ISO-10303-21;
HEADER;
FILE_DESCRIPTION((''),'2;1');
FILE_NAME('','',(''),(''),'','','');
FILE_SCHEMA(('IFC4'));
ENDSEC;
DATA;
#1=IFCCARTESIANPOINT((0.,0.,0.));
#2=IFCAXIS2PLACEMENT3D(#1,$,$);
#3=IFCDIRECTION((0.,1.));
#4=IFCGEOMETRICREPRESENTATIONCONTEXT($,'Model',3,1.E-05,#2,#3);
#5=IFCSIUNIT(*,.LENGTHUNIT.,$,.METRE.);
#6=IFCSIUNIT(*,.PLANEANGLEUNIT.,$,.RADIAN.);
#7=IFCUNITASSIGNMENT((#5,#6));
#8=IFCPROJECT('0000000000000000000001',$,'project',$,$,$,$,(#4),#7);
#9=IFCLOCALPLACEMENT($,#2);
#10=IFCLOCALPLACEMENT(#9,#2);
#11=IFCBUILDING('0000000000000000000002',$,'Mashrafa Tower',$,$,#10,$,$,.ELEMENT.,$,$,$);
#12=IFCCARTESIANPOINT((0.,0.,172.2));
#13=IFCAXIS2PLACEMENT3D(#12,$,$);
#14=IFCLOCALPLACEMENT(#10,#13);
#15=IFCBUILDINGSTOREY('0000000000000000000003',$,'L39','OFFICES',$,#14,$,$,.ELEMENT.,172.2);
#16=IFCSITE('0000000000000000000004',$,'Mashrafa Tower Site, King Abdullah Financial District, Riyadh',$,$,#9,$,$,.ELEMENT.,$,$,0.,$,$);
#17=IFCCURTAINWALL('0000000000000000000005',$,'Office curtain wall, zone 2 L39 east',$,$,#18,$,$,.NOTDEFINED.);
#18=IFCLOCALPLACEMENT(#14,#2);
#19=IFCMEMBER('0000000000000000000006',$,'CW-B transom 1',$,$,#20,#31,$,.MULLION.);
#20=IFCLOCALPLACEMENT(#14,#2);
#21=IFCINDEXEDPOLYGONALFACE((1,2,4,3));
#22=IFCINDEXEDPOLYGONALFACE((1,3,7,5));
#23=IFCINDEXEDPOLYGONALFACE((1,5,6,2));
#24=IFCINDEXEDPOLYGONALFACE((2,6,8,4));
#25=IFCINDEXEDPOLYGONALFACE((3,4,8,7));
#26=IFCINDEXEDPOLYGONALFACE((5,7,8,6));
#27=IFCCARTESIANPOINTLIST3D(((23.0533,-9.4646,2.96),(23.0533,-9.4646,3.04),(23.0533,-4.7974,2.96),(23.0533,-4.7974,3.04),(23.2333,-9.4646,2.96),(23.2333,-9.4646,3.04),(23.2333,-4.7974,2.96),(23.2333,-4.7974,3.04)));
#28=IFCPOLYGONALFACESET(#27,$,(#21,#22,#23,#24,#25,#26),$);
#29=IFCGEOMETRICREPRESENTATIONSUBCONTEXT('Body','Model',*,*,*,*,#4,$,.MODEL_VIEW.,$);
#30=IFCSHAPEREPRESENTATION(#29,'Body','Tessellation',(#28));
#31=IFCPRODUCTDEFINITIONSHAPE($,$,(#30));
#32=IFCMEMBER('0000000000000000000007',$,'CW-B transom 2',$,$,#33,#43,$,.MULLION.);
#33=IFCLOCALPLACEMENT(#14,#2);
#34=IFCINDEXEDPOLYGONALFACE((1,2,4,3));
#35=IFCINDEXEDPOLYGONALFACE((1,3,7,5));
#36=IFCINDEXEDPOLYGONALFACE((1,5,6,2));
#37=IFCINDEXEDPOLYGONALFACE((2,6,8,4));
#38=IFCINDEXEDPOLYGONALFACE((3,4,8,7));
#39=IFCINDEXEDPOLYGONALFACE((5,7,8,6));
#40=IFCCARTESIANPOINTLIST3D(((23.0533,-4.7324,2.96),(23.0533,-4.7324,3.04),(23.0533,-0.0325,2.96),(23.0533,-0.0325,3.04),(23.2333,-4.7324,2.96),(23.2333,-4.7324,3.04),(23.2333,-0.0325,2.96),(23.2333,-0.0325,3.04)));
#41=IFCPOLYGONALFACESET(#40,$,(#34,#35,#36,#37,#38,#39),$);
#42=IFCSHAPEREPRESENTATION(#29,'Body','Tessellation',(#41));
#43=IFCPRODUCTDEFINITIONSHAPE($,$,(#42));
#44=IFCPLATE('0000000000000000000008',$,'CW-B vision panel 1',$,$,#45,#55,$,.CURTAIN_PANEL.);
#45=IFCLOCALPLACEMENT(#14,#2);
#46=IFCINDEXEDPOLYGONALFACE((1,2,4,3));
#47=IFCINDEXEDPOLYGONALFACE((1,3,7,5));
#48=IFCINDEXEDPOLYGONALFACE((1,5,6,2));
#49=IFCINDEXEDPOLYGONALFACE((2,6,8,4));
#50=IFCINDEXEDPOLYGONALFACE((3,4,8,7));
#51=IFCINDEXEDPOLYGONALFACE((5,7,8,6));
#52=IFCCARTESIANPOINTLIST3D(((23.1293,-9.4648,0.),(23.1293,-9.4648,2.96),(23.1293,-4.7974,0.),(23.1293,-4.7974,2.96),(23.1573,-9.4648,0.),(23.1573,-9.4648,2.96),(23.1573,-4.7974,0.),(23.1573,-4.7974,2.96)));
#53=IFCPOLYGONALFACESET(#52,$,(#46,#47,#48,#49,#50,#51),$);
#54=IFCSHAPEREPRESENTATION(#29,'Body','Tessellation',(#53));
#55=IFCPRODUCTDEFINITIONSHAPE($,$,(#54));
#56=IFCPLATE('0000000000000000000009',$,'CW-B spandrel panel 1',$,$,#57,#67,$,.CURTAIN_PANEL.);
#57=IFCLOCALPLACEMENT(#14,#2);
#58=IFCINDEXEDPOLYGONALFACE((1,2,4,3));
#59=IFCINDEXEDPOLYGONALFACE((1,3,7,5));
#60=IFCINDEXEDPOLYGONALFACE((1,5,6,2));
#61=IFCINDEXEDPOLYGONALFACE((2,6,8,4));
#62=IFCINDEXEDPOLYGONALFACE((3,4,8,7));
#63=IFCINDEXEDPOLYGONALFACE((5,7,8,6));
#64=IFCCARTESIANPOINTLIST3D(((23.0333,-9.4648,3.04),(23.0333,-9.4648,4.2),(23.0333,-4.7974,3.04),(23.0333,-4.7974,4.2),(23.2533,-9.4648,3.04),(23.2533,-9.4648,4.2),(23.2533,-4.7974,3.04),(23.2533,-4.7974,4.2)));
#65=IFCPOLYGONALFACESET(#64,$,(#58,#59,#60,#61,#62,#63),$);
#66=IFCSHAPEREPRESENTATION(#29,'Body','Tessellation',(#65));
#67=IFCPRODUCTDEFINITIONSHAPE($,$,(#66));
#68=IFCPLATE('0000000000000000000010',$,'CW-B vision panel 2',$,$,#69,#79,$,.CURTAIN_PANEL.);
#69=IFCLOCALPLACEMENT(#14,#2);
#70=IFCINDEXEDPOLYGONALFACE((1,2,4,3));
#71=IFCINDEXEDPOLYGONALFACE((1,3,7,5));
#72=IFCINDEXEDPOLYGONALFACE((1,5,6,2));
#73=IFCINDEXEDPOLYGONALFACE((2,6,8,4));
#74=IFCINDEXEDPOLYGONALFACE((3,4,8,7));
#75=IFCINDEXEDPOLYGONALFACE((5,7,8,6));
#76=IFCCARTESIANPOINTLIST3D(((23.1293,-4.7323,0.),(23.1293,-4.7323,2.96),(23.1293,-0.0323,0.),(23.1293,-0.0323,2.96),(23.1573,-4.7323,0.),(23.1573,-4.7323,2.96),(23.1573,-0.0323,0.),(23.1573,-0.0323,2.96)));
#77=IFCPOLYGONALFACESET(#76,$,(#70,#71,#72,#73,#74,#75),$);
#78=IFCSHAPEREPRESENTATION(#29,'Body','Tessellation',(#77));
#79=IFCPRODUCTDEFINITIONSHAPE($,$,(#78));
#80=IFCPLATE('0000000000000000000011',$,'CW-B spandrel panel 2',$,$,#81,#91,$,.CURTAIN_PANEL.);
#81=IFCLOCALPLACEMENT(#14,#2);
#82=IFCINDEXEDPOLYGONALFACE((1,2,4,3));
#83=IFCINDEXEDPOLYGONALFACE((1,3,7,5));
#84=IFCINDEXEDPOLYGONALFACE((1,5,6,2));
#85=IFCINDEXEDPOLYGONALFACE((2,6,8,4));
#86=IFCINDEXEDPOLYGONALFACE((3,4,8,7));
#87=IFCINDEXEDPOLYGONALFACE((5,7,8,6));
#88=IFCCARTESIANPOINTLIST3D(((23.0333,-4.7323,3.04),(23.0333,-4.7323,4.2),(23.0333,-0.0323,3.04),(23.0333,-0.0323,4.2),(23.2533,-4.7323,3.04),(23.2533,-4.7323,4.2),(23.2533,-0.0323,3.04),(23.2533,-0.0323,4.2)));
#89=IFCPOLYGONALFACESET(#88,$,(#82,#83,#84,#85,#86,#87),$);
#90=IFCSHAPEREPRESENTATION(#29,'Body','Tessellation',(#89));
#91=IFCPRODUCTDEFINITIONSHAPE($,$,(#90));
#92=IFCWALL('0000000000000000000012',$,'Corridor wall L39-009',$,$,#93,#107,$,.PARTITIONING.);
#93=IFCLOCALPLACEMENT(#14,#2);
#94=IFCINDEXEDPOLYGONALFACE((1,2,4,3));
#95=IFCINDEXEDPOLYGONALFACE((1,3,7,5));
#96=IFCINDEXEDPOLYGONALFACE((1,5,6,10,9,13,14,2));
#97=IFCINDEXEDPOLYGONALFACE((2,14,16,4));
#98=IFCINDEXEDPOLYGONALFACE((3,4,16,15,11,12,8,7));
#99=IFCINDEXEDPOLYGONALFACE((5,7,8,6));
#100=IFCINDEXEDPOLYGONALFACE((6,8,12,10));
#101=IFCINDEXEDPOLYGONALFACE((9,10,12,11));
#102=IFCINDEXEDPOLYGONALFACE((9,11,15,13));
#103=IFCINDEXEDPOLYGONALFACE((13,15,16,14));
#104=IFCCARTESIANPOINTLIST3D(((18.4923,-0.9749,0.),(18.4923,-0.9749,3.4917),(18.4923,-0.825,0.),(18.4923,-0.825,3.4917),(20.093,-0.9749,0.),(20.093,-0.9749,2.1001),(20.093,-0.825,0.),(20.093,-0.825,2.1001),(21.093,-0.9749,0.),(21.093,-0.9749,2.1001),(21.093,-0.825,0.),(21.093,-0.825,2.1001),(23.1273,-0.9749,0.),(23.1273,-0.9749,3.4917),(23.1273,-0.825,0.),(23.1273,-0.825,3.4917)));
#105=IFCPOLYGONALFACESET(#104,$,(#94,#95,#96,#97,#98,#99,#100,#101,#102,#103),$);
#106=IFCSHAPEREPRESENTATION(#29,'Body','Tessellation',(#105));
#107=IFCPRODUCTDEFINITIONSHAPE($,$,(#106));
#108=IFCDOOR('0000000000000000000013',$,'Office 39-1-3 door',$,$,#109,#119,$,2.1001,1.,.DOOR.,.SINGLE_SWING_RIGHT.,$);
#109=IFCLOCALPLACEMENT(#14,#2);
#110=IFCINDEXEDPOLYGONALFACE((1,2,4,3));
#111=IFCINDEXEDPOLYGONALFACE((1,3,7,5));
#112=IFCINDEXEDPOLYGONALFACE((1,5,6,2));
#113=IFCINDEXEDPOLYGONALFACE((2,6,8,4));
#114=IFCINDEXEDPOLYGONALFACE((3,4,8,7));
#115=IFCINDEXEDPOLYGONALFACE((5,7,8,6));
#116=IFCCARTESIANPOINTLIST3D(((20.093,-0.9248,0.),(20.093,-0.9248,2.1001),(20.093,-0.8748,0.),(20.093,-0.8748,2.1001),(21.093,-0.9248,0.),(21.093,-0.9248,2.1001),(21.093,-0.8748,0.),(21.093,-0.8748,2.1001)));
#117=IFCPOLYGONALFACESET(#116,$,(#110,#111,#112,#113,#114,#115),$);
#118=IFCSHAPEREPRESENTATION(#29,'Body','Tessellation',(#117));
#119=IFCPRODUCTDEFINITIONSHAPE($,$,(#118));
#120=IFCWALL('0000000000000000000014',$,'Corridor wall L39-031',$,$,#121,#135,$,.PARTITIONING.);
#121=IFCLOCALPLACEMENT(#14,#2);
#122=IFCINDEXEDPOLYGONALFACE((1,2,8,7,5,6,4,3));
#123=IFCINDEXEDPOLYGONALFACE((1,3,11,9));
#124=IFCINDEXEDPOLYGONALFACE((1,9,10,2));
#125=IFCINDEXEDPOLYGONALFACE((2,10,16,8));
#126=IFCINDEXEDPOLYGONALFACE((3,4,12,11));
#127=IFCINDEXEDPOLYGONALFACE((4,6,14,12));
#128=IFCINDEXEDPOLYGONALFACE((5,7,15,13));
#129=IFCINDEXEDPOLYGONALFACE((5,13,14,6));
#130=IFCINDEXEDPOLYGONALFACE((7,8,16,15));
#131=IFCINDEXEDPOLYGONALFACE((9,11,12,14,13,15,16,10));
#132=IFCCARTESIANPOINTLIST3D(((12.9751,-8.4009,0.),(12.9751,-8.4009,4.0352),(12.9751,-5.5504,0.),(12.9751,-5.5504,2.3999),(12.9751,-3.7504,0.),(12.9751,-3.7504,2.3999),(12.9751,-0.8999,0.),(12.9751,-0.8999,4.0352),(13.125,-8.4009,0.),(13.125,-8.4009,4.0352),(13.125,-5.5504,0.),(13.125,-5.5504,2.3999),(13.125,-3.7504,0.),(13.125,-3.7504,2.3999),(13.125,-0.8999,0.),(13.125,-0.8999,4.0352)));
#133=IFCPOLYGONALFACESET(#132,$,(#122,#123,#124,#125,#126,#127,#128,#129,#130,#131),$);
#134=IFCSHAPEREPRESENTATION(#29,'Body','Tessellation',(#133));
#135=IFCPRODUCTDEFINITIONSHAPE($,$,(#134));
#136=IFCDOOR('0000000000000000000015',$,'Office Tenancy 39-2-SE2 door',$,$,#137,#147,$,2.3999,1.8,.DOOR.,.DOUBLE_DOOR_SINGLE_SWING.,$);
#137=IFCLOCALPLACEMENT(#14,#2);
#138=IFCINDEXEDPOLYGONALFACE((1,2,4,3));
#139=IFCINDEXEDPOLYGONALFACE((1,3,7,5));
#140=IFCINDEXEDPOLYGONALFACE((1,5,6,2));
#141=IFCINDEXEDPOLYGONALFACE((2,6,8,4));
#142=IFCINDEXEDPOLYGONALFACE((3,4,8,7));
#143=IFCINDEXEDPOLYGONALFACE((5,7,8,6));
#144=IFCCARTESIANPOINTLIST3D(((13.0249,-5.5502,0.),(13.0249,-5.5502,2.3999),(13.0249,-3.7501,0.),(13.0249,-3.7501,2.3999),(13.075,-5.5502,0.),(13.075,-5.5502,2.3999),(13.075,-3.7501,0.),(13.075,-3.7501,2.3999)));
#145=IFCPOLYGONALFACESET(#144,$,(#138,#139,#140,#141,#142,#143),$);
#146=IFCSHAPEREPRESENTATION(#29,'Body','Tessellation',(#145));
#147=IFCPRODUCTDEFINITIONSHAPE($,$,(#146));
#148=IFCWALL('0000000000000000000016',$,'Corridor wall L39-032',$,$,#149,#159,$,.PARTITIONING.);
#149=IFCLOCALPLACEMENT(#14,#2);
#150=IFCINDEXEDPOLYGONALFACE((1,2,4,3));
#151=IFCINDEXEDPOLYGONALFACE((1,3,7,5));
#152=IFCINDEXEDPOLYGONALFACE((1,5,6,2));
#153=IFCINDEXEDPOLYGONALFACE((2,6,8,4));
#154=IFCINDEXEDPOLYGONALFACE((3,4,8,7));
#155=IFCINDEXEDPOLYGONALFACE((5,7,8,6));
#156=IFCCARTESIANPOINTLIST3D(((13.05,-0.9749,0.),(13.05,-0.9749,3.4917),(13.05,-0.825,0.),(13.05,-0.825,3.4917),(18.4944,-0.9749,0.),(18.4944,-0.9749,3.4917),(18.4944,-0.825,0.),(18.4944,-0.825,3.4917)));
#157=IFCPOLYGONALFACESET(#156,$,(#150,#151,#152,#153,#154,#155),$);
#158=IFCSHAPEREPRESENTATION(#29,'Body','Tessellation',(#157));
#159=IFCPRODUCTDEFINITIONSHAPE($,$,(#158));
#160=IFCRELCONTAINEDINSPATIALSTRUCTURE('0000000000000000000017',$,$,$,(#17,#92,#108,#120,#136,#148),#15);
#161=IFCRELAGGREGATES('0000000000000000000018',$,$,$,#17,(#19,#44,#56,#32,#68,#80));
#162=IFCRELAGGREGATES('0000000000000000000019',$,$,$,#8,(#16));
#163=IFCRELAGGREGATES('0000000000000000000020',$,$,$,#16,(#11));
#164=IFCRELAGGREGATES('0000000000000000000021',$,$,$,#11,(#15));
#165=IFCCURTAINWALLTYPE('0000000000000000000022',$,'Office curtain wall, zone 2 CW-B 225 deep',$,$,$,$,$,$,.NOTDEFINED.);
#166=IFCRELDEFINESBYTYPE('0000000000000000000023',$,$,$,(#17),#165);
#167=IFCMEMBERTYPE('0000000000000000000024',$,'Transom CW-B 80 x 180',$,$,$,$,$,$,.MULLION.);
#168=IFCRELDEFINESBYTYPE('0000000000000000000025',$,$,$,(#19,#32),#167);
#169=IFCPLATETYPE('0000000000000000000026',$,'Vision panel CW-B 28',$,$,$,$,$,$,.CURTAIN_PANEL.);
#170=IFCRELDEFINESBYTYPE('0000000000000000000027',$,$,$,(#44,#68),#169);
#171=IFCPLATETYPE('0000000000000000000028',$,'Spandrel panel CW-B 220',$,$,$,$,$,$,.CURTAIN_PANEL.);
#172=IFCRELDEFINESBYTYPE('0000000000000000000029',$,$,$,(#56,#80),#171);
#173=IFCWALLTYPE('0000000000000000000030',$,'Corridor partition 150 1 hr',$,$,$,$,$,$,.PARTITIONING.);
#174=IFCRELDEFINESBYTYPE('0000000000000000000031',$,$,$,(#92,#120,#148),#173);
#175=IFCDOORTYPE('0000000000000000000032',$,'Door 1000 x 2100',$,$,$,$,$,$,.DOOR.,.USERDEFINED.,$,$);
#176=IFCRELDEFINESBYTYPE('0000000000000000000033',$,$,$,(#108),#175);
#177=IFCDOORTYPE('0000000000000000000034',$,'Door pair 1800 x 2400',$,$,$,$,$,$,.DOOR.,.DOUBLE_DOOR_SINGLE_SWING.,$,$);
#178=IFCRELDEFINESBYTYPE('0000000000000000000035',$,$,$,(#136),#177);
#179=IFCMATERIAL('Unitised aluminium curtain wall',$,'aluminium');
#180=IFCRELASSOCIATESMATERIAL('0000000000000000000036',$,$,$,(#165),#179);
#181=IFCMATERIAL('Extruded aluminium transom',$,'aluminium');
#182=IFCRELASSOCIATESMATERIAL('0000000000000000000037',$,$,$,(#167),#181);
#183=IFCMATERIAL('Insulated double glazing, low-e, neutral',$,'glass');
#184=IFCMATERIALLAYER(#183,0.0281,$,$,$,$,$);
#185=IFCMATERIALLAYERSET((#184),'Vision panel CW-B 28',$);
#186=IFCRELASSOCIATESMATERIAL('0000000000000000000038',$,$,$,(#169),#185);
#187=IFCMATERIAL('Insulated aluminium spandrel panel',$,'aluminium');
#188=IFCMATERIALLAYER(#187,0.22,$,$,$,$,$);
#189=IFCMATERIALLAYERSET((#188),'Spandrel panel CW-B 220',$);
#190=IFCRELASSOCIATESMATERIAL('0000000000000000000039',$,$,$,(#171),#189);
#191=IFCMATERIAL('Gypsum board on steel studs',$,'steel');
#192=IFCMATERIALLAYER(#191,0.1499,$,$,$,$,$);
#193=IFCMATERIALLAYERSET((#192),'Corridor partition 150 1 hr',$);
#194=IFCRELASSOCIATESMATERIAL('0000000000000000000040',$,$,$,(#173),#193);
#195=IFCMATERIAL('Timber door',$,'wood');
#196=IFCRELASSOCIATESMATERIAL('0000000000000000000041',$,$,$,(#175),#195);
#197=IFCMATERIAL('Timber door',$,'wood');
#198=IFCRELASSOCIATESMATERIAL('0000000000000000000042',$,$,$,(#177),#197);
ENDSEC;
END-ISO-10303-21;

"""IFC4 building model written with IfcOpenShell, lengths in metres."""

from ifc_helpers import new_model, si_unit, direction, frame, frame_2d, origin, origin_2d, place, context, subcontext, project, spatial, rectangle, extrude, source, transform, mapped, material, layer, layer_set, material_profile, profile_set, type_object, type_shapes, element, fill, aggregate, save


model = new_model("IFC4")

# Units and contexts
model_context = context("Model", 3, precision=1e-05, world=origin(), true_north=direction((0.0, 1.0)))
body_context = subcontext(model_context, "Body", "Model", "MODEL_VIEW")
ifc_project = project(units=[si_unit("LENGTHUNIT", "METRE"), si_unit("PLANEANGLEUNIT", "RADIAN")], contexts=[model_context])

# Site, building, storey
site_placement = place(None, origin())
site = spatial("IfcSite", under=ifc_project, at=site_placement, Name="Mashrafa Tower Site, King Abdullah Financial District, Riyadh", CompositionType="ELEMENT", RefElevation=0.0)
building_placement = place(site_placement, origin())
building = spatial("IfcBuilding", under=site, at=building_placement, Name="Mashrafa Tower", CompositionType="ELEMENT")
storey_placement = place(building_placement, frame((0.0, 0.0, 172.2)))
storey = spatial("IfcBuildingStorey", under=building, at=storey_placement, Name="L39", Description="OFFICES", CompositionType="ELEMENT", Elevation=172.2)

# Curtain wall
ifc_material_1 = material(Name="Unitised aluminium curtain wall", Category="aluminium")
curtain_wall_type = type_object("IfcCurtainWallType", Name="Office curtain wall, zone 2 CW-B 225 deep", PredefinedType="NOTDEFINED", material=ifc_material_1)
curtain_wall_1_placement = place(storey_placement, origin())
curtain_wall_1 = element("IfcCurtainWall", 1, at=curtain_wall_1_placement, inside=storey, type_object=curtain_wall_type, Name="Office curtain wall, zone 2 L39 east", PredefinedType="NOTDEFINED")

# Members
ifc_material_2 = material(Name="Extruded aluminium transom", Category="aluminium")
ifc_material_profile_1 = material_profile(ifc_material_2, rectangle(XDim=0.1799, YDim=0.0801, at=origin_2d()), Name="Transom 80x180")
ifc_profile_set_1 = profile_set([ifc_material_profile_1], Name="Extruded aluminium transom")
member_type_1 = type_object("IfcMemberType", Name="Transom CW-B 80 x 180", PredefinedType="MULLION", material=ifc_profile_set_1)
shared_shape_1 = source(origin(), body_context, "Body", "SweptSolid", [
    extrude(rectangle(XDim=0.1799, YDim=0.0801, at=origin_2d()), origin(), (0.0, 0.0, 1.0), 4.6672),
])
member_1_placement = place(storey_placement, frame((23.1433, -9.4646, 3.0), z_axis=(0.0, 1.0, 0.0), x_axis=(-1.0, 0.0, 0.0)))
member_1 = element("IfcMember", 2, at=member_1_placement, type_object=member_type_1, Name="CW-B transom 1", PredefinedType="MULLION", context=body_context, shape_type="MappedRepresentation", body=[
    mapped(shared_shape_1, transform((0.0, 0.0, 0.0))),
])
shared_shape_2 = source(origin(), body_context, "Body", "SweptSolid", [
    extrude(rectangle(XDim=0.1799, YDim=0.0801, at=origin_2d()), origin(), (0.0, 0.0, 1.0), 4.7),
])
type_shapes(member_type_1, [shared_shape_1, shared_shape_2])
member_2_placement = place(storey_placement, frame((23.1433, -4.7324, 3.0), z_axis=(0.0, 1.0, 0.0), x_axis=(-1.0, 0.0, 0.0)))
member_2 = element("IfcMember", 3, at=member_2_placement, type_object=member_type_1, Name="CW-B transom 2", PredefinedType="MULLION", context=body_context, shape_type="MappedRepresentation", body=[
    mapped(shared_shape_2, transform((0.0, 0.0, 0.0))),
])

# Plates
ifc_material_3 = material(Name="Insulated double glazing, low-e, neutral", Category="glass")
ifc_layer_1 = layer(ifc_material_3, 0.0281)
ifc_layer_set_1 = layer_set([ifc_layer_1], Name="Vision panel CW-B 28")
plate_type_1 = type_object("IfcPlateType", Name="Vision panel CW-B 28", PredefinedType="CURTAIN_PANEL", material=ifc_layer_set_1)
shared_shape_3 = source(origin(), body_context, "Body", "SweptSolid", [
    extrude(rectangle(XDim=4.6675, YDim=0.0281, at=origin_2d()), origin(), (0.0, 0.0, 1.0), 2.96),
])
plate_1_placement = place(storey_placement, frame((23.1433, -7.1311, 0.0), z_axis=(0.0, 0.0, 1.0), x_axis=(0.0, 1.0, 0.0)))
plate_1 = element("IfcPlate", 4, at=plate_1_placement, type_object=plate_type_1, Name="CW-B vision panel 1", PredefinedType="CURTAIN_PANEL", context=body_context, shape_type="MappedRepresentation", body=[
    mapped(shared_shape_3, transform((0.0, 0.0, 0.0))),
])
ifc_material_4 = material(Name="Insulated aluminium spandrel panel", Category="aluminium")
ifc_layer_2 = layer(ifc_material_4, 0.22)
ifc_layer_set_2 = layer_set([ifc_layer_2], Name="Spandrel panel CW-B 220")
plate_type_2 = type_object("IfcPlateType", Name="Spandrel panel CW-B 220", PredefinedType="CURTAIN_PANEL", material=ifc_layer_set_2)
shared_shape_4 = source(origin(), body_context, "Body", "SweptSolid", [
    extrude(rectangle(XDim=4.6675, YDim=0.22, at=origin_2d()), origin(), (0.0, 0.0, 1.0), 1.1599),
])
plate_2_placement = place(storey_placement, frame((23.1433, -7.1311, 3.04), z_axis=(0.0, 0.0, 1.0), x_axis=(0.0, 1.0, 0.0)))
plate_2 = element("IfcPlate", 5, at=plate_2_placement, type_object=plate_type_2, Name="CW-B spandrel panel 1", PredefinedType="CURTAIN_PANEL", context=body_context, shape_type="MappedRepresentation", body=[
    mapped(shared_shape_4, transform((0.0, 0.0, 0.0))),
])
shared_shape_5 = source(origin(), body_context, "Body", "SweptSolid", [
    extrude(rectangle(XDim=4.7, YDim=0.0281, at=origin_2d()), origin(), (0.0, 0.0, 1.0), 2.96),
])
type_shapes(plate_type_1, [shared_shape_3, shared_shape_5])
plate_3_placement = place(storey_placement, frame((23.1433, -2.3823, 0.0), z_axis=(0.0, 0.0, 1.0), x_axis=(0.0, 1.0, 0.0)))
plate_3 = element("IfcPlate", 6, at=plate_3_placement, type_object=plate_type_1, Name="CW-B vision panel 2", PredefinedType="CURTAIN_PANEL", context=body_context, shape_type="MappedRepresentation", body=[
    mapped(shared_shape_5, transform((0.0, 0.0, 0.0))),
])
shared_shape_6 = source(origin(), body_context, "Body", "SweptSolid", [
    extrude(rectangle(XDim=4.7, YDim=0.22, at=origin_2d()), origin(), (0.0, 0.0, 1.0), 1.1599),
])
type_shapes(plate_type_2, [shared_shape_4, shared_shape_6])
plate_4_placement = place(storey_placement, frame((23.1433, -2.3823, 3.04), z_axis=(0.0, 0.0, 1.0), x_axis=(0.0, 1.0, 0.0)))
plate_4 = element("IfcPlate", 7, at=plate_4_placement, type_object=plate_type_2, Name="CW-B spandrel panel 2", PredefinedType="CURTAIN_PANEL", context=body_context, shape_type="MappedRepresentation", body=[
    mapped(shared_shape_6, transform((0.0, 0.0, 0.0))),
])
aggregate(curtain_wall_1, [member_1, plate_1, plate_2, member_2, plate_3, plate_4])

# Walls, openings, doors
ifc_material_5 = material(Name="Gypsum board on steel studs", Category="steel")
ifc_layer_3 = layer(ifc_material_5, 0.1499)
ifc_layer_set_3 = layer_set([ifc_layer_3], Name="Corridor partition 150 1 hr")
wall_type_1 = type_object("IfcWallType", Name="Corridor partition 150 1 hr", PredefinedType="PARTITIONING", material=ifc_layer_set_3)
wall_1_placement = place(storey_placement, frame((18.4924, -0.8999, 0.0), z_axis=(0.0, 0.0, 1.0), x_axis=(1.0, 0.0, 0.0)))
wall_1 = element("IfcWall", 8, at=wall_1_placement, inside=storey, type_object=wall_type_1, Name="Corridor wall L39-009", PredefinedType="PARTITIONING", context=body_context, shape_type="SweptSolid", body=[
    extrude(rectangle(XDim=4.635, YDim=0.1499, at=frame_2d((2.3174, 0.0))), origin(), (0.0, 0.0, 1.0), 3.4917),
])
opening_1_placement = place(wall_1_placement, frame((1.6006, 0.0, 0.0)))
opening_1 = element("IfcOpeningElement", 9, at=opening_1_placement, cuts=wall_1, PredefinedType="OPENING", context=body_context, shape_type="SweptSolid", body=[
    extrude(rectangle(XDim=1.0, YDim=2.1001, at=frame_2d((0.5, 1.05))), frame((0.0, 0.085, 0.0), z_axis=(0.0, -1.0, 0.0), x_axis=(1.0, 0.0, 0.0)), (0.0, 0.0, 1.0), 0.1699),
])
ifc_material_6 = material(Name="Timber door", Category="wood")
door_type_1 = type_object("IfcDoorType", Name="Door 1000 x 2100", OperationType="USERDEFINED", PredefinedType="DOOR", material=ifc_material_6)
door_1_placement = place(opening_1_placement, frame((1.0, 0.0, 0.0), z_axis=(0.0, 0.0, 1.0), x_axis=(-1.0, 0.0, 0.0)))
door_1 = element("IfcDoor", 10, at=door_1_placement, inside=storey, type_object=door_type_1, Name="Office 39-1-3 door", OperationType="SINGLE_SWING_RIGHT", OverallHeight=2.1001, OverallWidth=1.0, PredefinedType="DOOR", context=body_context, shape_type="SweptSolid", body=[
    extrude(rectangle(XDim=1.0, YDim=2.1001, at=frame_2d((0.5, 1.05))), frame((0.0, 0.0249, 0.0), z_axis=(0.0, -1.0, 0.0), x_axis=(1.0, 0.0, 0.0)), (0.0, 0.0, 1.0), 0.05),
])
fill(opening_1, door_1)
wall_2_placement = place(storey_placement, frame((13.05, -8.4009, 0.0), z_axis=(0.0, 0.0, 1.0), x_axis=(0.0, 1.0, 0.0)))
wall_2 = element("IfcWall", 11, at=wall_2_placement, inside=storey, type_object=wall_type_1, Name="Corridor wall L39-031", PredefinedType="PARTITIONING", context=body_context, shape_type="SweptSolid", body=[
    extrude(rectangle(XDim=7.501, YDim=0.1499, at=frame_2d((3.7505, 0.0))), origin(), (0.0, 0.0, 1.0), 4.0352),
])
opening_2_placement = place(wall_2_placement, frame((2.8506, 0.0, 0.0)))
opening_2 = element("IfcOpeningElement", 12, at=opening_2_placement, cuts=wall_2, PredefinedType="OPENING", context=body_context, shape_type="SweptSolid", body=[
    extrude(rectangle(XDim=1.8, YDim=2.3999, at=frame_2d((0.8999, 1.2))), frame((0.0, 0.085, 0.0), z_axis=(0.0, -1.0, 0.0), x_axis=(1.0, 0.0, 0.0)), (0.0, 0.0, 1.0), 0.1699),
])
ifc_material_7 = material(Name="Timber door", Category="wood")
door_type_2 = type_object("IfcDoorType", Name="Door pair 1800 x 2400", OperationType="DOUBLE_DOOR_SINGLE_SWING", PredefinedType="DOOR", material=ifc_material_7)
door_2_placement = place(opening_2_placement, frame((1.8, 0.0, 0.0), z_axis=(0.0, 0.0, 1.0), x_axis=(-1.0, 0.0, 0.0)))
door_2 = element("IfcDoor", 13, at=door_2_placement, inside=storey, type_object=door_type_2, Name="Office Tenancy 39-2-SE2 door", OperationType="DOUBLE_DOOR_SINGLE_SWING", OverallHeight=2.3999, OverallWidth=1.8, PredefinedType="DOOR", context=body_context, shape_type="SweptSolid", body=[
    extrude(rectangle(XDim=1.8, YDim=2.3999, at=frame_2d((0.8999, 1.2))), frame((0.0, 0.0249, 0.0), z_axis=(0.0, -1.0, 0.0), x_axis=(1.0, 0.0, 0.0)), (0.0, 0.0, 1.0), 0.05),
])
fill(opening_2, door_2)

# Wall
wall_3_placement = place(storey_placement, frame((13.05, -0.8999, 0.0), z_axis=(0.0, 0.0, 1.0), x_axis=(1.0, 0.0, 0.0)))
element("IfcWall", 14, at=wall_3_placement, inside=storey, type_object=wall_type_1, Name="Corridor wall L39-032", PredefinedType="PARTITIONING", context=body_context, shape_type="SweptSolid", body=[
    extrude(rectangle(XDim=5.4443, YDim=0.1499, at=frame_2d((2.7222, 0.0))), origin(), (0.0, 0.0, 1.0), 3.4917),
])

save(model, "model.ifc")
